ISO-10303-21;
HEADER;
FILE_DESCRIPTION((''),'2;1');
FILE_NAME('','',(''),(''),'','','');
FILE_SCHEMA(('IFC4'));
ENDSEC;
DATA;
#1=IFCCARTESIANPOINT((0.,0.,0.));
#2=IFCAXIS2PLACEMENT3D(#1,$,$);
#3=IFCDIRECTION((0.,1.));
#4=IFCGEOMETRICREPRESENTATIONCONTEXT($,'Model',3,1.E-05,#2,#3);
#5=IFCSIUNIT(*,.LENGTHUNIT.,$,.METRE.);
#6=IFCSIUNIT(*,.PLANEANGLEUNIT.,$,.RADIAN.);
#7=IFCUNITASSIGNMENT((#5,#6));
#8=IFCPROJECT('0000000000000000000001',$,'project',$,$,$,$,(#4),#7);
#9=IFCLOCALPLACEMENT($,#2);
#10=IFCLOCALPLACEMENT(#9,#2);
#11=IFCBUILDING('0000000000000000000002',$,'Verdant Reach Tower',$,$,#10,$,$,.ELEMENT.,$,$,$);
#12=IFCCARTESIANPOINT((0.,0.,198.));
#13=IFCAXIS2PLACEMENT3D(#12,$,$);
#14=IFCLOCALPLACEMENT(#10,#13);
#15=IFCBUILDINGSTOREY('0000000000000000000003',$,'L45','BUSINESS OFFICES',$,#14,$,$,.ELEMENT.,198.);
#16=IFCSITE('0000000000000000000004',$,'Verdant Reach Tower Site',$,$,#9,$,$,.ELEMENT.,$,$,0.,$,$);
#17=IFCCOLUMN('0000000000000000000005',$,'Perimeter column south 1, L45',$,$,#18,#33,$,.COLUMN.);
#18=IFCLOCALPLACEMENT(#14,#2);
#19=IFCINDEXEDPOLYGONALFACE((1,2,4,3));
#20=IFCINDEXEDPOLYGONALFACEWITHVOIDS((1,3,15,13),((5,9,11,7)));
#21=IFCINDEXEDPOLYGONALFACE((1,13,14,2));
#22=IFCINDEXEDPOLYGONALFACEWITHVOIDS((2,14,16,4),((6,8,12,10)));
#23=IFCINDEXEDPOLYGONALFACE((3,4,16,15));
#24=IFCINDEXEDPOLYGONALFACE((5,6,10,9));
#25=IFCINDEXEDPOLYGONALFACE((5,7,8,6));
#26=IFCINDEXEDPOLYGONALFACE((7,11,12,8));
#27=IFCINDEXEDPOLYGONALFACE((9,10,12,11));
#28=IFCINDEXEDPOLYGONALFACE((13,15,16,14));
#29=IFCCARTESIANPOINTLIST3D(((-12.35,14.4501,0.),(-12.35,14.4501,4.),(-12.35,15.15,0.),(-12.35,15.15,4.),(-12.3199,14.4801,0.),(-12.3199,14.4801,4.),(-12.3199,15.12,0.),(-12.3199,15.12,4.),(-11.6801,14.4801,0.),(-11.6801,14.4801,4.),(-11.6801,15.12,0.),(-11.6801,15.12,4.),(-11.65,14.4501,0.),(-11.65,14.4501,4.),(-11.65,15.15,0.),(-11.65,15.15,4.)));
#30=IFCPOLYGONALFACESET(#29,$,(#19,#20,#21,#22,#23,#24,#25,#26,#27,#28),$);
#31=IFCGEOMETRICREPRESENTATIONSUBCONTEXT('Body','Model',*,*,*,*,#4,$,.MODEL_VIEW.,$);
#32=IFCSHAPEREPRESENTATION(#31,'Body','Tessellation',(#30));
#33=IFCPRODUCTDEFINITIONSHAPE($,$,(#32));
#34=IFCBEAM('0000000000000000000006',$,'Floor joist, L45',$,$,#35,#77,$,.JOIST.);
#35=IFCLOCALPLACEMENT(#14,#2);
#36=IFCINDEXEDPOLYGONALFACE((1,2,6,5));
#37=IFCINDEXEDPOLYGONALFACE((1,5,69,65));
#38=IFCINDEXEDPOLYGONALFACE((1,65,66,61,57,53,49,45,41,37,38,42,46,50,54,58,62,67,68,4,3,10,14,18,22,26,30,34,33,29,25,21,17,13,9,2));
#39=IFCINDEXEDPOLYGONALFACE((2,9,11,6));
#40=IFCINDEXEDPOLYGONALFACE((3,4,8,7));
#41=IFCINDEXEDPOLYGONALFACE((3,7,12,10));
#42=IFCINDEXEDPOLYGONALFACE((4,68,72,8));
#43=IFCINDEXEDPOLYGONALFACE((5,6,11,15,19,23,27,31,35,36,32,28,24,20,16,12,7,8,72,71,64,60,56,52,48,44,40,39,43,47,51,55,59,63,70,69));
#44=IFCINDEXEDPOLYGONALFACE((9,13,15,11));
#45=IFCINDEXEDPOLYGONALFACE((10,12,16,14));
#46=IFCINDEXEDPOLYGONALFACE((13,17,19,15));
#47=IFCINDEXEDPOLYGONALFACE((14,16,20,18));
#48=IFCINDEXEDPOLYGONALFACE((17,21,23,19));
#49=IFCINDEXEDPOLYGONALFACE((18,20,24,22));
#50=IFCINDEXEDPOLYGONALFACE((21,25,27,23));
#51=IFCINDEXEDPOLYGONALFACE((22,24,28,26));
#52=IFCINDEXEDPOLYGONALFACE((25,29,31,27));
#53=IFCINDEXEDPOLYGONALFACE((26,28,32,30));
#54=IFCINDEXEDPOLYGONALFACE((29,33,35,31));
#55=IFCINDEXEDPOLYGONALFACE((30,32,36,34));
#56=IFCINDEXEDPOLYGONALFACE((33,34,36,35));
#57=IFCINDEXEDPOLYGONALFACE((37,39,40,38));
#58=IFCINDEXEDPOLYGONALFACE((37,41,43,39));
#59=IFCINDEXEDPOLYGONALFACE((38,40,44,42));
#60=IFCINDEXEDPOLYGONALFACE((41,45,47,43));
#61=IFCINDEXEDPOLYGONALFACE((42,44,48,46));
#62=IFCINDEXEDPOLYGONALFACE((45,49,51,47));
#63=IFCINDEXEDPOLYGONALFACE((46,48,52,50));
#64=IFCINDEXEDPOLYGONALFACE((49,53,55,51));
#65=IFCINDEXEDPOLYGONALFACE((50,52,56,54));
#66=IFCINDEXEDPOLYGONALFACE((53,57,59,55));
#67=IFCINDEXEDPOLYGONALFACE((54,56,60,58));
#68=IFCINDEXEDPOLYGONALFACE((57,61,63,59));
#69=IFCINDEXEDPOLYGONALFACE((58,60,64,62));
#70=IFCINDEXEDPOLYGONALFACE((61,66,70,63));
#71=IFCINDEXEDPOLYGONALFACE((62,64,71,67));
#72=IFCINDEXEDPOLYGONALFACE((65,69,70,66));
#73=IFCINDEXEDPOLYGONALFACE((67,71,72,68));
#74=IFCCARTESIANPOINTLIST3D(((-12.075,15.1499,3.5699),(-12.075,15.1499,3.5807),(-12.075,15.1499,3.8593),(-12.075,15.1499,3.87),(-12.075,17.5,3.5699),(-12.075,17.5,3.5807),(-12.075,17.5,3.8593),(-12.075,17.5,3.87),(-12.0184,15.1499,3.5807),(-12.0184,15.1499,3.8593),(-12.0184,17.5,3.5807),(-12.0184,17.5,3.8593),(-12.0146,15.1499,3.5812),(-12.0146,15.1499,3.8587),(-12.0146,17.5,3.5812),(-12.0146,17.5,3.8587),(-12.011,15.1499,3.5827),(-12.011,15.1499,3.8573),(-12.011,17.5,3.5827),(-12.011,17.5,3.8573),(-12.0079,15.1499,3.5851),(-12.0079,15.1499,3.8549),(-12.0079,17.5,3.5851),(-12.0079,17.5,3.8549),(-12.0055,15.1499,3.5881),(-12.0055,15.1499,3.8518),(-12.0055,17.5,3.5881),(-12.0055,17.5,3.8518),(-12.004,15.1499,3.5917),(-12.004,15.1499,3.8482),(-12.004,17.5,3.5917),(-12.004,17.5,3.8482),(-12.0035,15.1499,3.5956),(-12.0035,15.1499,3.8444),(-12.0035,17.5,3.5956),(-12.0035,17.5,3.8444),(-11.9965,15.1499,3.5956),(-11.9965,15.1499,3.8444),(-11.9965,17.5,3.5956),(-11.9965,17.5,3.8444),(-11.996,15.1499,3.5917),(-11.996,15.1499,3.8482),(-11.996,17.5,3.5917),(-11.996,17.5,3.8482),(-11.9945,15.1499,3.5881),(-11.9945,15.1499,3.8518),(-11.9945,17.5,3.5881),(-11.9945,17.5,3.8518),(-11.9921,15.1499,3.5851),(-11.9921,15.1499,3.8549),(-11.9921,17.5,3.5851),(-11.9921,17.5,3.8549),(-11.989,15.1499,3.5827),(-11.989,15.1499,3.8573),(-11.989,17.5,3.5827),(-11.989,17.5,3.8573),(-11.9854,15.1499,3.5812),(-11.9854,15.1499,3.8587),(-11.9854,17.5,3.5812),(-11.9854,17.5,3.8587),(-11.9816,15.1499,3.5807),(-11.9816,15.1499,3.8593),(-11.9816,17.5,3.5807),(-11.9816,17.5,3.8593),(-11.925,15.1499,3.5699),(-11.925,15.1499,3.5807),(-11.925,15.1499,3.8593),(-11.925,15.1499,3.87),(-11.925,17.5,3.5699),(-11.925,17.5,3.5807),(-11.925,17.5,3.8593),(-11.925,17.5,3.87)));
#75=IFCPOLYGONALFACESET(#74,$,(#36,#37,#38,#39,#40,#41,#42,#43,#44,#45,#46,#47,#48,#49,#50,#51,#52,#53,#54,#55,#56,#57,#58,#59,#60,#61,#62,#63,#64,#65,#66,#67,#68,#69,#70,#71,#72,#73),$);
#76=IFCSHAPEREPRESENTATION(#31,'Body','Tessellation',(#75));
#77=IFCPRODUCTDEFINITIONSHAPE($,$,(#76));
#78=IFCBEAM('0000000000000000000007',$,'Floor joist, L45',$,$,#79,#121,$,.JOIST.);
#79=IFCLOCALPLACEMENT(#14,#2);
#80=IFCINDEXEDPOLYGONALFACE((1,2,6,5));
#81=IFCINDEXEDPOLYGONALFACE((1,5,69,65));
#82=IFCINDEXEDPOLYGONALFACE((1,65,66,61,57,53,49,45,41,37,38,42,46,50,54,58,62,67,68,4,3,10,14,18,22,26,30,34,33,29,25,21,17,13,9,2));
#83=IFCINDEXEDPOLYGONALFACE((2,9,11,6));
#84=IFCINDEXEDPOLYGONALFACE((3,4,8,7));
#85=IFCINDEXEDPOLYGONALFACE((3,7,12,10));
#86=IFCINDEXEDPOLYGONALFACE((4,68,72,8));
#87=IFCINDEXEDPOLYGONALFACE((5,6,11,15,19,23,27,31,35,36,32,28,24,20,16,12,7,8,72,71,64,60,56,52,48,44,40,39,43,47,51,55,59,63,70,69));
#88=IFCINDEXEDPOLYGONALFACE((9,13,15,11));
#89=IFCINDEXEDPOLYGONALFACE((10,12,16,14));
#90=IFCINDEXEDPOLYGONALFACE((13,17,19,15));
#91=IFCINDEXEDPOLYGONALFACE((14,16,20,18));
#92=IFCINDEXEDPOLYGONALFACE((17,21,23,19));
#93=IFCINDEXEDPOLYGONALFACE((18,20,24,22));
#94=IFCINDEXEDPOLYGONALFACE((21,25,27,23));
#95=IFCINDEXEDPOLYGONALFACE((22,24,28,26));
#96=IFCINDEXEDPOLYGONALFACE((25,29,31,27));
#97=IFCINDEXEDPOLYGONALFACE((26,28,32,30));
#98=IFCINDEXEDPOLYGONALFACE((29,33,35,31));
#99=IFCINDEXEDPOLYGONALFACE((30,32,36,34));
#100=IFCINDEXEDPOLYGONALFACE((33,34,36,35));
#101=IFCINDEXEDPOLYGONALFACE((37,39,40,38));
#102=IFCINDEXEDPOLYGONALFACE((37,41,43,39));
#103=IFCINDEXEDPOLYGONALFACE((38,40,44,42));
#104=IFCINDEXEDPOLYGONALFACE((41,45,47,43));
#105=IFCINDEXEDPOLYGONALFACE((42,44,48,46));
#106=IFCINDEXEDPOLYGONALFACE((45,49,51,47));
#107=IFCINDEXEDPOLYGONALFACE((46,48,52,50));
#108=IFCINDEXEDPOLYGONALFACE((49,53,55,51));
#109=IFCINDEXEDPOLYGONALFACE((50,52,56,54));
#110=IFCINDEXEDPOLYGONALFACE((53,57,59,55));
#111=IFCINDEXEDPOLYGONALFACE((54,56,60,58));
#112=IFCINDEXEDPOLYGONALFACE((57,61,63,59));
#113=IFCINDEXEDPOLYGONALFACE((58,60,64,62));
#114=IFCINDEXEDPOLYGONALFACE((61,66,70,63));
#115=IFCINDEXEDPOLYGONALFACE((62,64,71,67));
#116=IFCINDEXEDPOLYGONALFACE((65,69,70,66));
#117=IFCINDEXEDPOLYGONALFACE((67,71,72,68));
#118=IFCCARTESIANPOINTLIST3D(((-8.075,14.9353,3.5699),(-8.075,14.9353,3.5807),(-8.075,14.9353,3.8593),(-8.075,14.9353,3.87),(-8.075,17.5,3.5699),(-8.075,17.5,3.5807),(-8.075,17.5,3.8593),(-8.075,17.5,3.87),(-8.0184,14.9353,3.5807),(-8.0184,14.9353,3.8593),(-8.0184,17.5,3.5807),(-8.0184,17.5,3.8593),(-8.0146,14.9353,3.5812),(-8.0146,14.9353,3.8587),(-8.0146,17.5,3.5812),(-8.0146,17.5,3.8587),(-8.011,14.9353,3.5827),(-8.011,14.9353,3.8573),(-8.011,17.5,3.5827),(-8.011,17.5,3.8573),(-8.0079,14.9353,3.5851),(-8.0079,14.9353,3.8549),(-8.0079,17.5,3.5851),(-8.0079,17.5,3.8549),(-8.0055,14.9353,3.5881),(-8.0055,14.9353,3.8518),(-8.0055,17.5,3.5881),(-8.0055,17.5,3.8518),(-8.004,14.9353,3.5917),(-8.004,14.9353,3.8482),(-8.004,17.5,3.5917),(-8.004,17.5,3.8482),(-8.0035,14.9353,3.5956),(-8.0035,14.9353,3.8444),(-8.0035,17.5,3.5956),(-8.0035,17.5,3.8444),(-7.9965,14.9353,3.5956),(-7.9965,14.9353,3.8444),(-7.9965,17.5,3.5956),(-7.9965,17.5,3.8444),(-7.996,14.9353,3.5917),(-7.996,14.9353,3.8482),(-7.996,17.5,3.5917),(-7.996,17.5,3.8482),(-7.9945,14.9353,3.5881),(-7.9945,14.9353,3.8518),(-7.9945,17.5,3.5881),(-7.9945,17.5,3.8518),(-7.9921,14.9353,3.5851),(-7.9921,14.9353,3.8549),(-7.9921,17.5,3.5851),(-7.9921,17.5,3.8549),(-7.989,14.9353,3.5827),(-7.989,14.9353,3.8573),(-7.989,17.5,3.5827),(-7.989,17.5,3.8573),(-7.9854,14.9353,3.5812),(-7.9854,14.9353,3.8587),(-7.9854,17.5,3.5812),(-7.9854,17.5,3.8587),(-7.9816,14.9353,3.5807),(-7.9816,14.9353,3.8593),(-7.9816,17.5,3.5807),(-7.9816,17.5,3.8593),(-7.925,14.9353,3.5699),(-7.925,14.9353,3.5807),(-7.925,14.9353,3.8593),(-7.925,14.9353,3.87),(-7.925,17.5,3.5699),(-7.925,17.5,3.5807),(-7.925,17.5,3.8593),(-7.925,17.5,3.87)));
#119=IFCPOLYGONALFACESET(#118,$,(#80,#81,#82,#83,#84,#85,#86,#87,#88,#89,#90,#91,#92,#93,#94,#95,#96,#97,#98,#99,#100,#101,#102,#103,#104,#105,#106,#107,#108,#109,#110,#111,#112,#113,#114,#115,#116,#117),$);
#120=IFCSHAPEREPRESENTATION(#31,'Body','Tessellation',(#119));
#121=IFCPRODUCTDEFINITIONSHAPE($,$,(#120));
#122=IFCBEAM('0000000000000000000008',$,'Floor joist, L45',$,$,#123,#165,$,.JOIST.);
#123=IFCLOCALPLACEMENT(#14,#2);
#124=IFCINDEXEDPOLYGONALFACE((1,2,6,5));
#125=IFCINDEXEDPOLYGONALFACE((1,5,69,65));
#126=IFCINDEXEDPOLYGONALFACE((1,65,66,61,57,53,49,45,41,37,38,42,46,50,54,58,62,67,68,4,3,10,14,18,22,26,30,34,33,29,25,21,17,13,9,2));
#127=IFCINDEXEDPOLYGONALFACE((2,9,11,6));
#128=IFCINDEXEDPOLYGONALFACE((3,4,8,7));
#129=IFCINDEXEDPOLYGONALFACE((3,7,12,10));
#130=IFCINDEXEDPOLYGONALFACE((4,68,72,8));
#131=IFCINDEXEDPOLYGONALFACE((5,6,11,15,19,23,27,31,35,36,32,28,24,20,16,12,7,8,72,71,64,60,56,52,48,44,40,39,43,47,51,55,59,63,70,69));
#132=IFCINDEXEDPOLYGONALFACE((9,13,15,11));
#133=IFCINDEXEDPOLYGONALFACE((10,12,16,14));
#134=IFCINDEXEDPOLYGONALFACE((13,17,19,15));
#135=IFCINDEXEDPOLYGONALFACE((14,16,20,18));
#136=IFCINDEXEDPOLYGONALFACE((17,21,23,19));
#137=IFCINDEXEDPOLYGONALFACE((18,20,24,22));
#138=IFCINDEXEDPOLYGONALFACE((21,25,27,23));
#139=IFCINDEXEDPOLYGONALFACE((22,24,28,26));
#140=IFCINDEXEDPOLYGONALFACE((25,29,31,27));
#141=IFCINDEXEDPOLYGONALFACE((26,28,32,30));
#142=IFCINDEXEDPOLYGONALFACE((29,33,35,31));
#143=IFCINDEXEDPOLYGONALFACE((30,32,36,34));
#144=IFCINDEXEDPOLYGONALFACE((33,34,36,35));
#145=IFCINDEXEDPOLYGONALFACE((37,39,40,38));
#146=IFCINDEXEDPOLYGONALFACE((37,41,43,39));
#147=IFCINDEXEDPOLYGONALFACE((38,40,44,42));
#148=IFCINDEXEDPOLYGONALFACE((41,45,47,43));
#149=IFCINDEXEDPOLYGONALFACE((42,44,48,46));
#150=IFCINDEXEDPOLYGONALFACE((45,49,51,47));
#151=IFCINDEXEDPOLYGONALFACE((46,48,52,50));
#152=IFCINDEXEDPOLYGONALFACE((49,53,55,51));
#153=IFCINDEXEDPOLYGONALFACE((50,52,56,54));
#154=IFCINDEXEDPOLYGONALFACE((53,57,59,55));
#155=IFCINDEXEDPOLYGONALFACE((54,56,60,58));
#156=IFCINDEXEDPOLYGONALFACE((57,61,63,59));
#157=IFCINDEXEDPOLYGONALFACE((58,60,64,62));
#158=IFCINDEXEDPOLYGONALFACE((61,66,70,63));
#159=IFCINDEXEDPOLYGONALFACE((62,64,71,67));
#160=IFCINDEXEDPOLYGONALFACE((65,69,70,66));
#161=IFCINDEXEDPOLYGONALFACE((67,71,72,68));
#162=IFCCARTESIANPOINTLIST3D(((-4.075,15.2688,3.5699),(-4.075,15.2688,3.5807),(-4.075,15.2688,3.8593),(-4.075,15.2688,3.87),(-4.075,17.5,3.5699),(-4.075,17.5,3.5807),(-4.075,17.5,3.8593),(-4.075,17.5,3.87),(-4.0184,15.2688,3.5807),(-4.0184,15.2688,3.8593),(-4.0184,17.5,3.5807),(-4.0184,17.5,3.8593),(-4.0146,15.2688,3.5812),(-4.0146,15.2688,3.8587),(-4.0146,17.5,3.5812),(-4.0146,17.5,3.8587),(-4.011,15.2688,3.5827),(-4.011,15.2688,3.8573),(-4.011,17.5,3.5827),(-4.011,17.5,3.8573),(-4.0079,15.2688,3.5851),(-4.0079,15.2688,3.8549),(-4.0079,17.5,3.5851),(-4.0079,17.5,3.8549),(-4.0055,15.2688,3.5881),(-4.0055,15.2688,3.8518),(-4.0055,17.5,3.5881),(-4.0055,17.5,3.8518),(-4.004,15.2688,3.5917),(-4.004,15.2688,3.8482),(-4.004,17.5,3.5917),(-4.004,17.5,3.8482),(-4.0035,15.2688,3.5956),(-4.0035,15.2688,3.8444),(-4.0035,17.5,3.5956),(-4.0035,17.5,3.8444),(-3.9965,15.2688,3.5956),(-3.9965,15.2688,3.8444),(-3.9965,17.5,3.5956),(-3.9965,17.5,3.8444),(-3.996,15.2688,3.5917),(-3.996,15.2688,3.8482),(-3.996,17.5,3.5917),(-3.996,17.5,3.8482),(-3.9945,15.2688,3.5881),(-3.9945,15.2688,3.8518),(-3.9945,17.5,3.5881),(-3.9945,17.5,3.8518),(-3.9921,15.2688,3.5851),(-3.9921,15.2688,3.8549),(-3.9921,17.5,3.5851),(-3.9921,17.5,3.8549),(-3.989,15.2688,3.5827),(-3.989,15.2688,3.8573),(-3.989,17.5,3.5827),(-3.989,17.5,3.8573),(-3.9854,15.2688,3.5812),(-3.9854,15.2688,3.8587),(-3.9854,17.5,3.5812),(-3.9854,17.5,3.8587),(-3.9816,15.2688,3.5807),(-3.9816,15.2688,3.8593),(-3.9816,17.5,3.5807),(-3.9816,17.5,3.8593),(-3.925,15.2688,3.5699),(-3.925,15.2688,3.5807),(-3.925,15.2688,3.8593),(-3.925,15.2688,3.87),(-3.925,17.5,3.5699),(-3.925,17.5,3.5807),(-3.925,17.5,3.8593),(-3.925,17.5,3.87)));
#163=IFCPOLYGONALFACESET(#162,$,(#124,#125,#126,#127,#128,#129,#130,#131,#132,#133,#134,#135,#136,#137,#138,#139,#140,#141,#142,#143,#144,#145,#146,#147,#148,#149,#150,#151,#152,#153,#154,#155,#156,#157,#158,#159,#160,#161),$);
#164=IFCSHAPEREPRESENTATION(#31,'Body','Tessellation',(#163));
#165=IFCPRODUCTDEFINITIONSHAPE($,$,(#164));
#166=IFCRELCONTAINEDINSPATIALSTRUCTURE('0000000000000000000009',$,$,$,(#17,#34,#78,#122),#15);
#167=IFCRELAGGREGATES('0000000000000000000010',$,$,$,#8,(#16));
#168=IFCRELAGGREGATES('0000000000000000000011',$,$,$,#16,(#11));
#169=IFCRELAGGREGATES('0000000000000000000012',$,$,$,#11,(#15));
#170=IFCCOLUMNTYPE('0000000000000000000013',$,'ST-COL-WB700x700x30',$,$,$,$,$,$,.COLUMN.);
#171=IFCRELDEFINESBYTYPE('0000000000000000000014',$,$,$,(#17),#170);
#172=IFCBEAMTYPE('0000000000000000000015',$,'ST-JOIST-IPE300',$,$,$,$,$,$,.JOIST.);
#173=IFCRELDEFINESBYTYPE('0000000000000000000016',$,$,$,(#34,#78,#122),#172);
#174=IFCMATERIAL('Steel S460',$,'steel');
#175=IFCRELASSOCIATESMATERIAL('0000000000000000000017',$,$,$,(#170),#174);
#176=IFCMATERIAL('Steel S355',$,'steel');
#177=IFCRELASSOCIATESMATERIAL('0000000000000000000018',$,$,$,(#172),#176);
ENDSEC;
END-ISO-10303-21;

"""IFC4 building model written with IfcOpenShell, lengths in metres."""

from ifc_helpers import new_model, si_unit, direction, frame, origin, origin_2d, place, context, subcontext, project, spatial, hollow_rectangle, i_section, extrude, material, material_profile, profile_set, type_object, element, save


model = new_model("IFC4")

# Units and contexts
model_context = context("Model", 3, precision=1e-05, world=origin(), true_north=direction((0.0, 1.0)))
body_context = subcontext(model_context, "Body", "Model", "MODEL_VIEW")
ifc_project = project(units=[si_unit("LENGTHUNIT", "METRE"), si_unit("PLANEANGLEUNIT", "RADIAN")], contexts=[model_context])

# Site, building, storey
site_placement = place(None, origin())
site = spatial("IfcSite", under=ifc_project, at=site_placement, Name="Verdant Reach Tower Site", CompositionType="ELEMENT", RefElevation=0.0)
building_placement = place(site_placement, origin())
building = spatial("IfcBuilding", under=site, at=building_placement, Name="Verdant Reach Tower", CompositionType="ELEMENT")
storey_placement = place(building_placement, frame((0.0, 0.0, 198.0)))
storey = spatial("IfcBuildingStorey", under=building, at=storey_placement, Name="L45", Description="BUSINESS OFFICES", CompositionType="ELEMENT", Elevation=198.0)

# Column
ifc_material_1 = material(Name="Steel S460", Category="steel")
ifc_material_profile_1 = material_profile(ifc_material_1, hollow_rectangle(XDim=0.7, YDim=0.7, WallThickness=0.03, at=origin_2d()), Name="WB 700x700x30")
ifc_profile_set_1 = profile_set([ifc_material_profile_1], Name="Steel S460")
column_type = type_object("IfcColumnType", Name="ST-COL-WB700x700x30", PredefinedType="COLUMN", material=ifc_profile_set_1)
column_placement = place(storey_placement, frame((-12.0, 14.8, 0.0), z_axis=(0.0, 0.0, 1.0), x_axis=(1.0, 0.0, 0.0)))
element("IfcColumn", 1, at=column_placement, inside=storey, type_object=column_type, Name="Perimeter column south 1, L45", PredefinedType="COLUMN", context=body_context, shape_type="SweptSolid", body=[
    extrude(hollow_rectangle(XDim=0.7, YDim=0.7, WallThickness=0.03, at=origin_2d()), origin(), (0.0, 0.0, 1.0), 4.0),
])

# Beams
ifc_material_2 = material(Name="Steel S355", Category="steel")
ifc_material_profile_2 = material_profile(ifc_material_2, i_section(OverallWidth=0.1499, OverallDepth=0.3, WebThickness=0.0071, FlangeThickness=0.0107, FilletRadius=0.0149, at=origin_2d()), Name="IPE 300")
ifc_profile_set_2 = profile_set([ifc_material_profile_2], Name="Steel S355")
beam_type_1 = type_object("IfcBeamType", Name="ST-JOIST-IPE300", PredefinedType="JOIST", material=ifc_profile_set_2)
beam_1_placement = place(storey_placement, frame((-12.0, 17.5, 3.72), z_axis=(0.0, -1.0, 0.0), x_axis=(1.0, 0.0, 0.0)))
element("IfcBeam", 2, at=beam_1_placement, inside=storey, type_object=beam_type_1, Name="Floor joist, L45", PredefinedType="JOIST", context=body_context, shape_type="SweptSolid", body=[
    extrude(i_section(OverallWidth=0.1499, OverallDepth=0.3, WebThickness=0.0071, FlangeThickness=0.0107, FilletRadius=0.0149, at=origin_2d()), origin(), (0.0, 0.0, 1.0), 2.3501),
])
beam_2_placement = place(storey_placement, frame((-8.0, 17.5, 3.72), z_axis=(0.0, -1.0, 0.0), x_axis=(1.0, 0.0, 0.0)))
element("IfcBeam", 3, at=beam_2_placement, inside=storey, type_object=beam_type_1, Name="Floor joist, L45", PredefinedType="JOIST", context=body_context, shape_type="SweptSolid", body=[
    extrude(i_section(OverallWidth=0.1499, OverallDepth=0.3, WebThickness=0.0071, FlangeThickness=0.0107, FilletRadius=0.0149, at=origin_2d()), origin(), (0.0, 0.0, 1.0), 2.5647),
])
beam_3_placement = place(storey_placement, frame((-4.0, 17.5, 3.72), z_axis=(0.0, -1.0, 0.0), x_axis=(1.0, 0.0, 0.0)))
element("IfcBeam", 4, at=beam_3_placement, inside=storey, type_object=beam_type_1, Name="Floor joist, L45", PredefinedType="JOIST", context=body_context, shape_type="SweptSolid", body=[
    extrude(i_section(OverallWidth=0.1499, OverallDepth=0.3, WebThickness=0.0071, FlangeThickness=0.0107, FilletRadius=0.0149, at=origin_2d()), origin(), (0.0, 0.0, 1.0), 2.2312),
])

save(model, "model.ifc")
